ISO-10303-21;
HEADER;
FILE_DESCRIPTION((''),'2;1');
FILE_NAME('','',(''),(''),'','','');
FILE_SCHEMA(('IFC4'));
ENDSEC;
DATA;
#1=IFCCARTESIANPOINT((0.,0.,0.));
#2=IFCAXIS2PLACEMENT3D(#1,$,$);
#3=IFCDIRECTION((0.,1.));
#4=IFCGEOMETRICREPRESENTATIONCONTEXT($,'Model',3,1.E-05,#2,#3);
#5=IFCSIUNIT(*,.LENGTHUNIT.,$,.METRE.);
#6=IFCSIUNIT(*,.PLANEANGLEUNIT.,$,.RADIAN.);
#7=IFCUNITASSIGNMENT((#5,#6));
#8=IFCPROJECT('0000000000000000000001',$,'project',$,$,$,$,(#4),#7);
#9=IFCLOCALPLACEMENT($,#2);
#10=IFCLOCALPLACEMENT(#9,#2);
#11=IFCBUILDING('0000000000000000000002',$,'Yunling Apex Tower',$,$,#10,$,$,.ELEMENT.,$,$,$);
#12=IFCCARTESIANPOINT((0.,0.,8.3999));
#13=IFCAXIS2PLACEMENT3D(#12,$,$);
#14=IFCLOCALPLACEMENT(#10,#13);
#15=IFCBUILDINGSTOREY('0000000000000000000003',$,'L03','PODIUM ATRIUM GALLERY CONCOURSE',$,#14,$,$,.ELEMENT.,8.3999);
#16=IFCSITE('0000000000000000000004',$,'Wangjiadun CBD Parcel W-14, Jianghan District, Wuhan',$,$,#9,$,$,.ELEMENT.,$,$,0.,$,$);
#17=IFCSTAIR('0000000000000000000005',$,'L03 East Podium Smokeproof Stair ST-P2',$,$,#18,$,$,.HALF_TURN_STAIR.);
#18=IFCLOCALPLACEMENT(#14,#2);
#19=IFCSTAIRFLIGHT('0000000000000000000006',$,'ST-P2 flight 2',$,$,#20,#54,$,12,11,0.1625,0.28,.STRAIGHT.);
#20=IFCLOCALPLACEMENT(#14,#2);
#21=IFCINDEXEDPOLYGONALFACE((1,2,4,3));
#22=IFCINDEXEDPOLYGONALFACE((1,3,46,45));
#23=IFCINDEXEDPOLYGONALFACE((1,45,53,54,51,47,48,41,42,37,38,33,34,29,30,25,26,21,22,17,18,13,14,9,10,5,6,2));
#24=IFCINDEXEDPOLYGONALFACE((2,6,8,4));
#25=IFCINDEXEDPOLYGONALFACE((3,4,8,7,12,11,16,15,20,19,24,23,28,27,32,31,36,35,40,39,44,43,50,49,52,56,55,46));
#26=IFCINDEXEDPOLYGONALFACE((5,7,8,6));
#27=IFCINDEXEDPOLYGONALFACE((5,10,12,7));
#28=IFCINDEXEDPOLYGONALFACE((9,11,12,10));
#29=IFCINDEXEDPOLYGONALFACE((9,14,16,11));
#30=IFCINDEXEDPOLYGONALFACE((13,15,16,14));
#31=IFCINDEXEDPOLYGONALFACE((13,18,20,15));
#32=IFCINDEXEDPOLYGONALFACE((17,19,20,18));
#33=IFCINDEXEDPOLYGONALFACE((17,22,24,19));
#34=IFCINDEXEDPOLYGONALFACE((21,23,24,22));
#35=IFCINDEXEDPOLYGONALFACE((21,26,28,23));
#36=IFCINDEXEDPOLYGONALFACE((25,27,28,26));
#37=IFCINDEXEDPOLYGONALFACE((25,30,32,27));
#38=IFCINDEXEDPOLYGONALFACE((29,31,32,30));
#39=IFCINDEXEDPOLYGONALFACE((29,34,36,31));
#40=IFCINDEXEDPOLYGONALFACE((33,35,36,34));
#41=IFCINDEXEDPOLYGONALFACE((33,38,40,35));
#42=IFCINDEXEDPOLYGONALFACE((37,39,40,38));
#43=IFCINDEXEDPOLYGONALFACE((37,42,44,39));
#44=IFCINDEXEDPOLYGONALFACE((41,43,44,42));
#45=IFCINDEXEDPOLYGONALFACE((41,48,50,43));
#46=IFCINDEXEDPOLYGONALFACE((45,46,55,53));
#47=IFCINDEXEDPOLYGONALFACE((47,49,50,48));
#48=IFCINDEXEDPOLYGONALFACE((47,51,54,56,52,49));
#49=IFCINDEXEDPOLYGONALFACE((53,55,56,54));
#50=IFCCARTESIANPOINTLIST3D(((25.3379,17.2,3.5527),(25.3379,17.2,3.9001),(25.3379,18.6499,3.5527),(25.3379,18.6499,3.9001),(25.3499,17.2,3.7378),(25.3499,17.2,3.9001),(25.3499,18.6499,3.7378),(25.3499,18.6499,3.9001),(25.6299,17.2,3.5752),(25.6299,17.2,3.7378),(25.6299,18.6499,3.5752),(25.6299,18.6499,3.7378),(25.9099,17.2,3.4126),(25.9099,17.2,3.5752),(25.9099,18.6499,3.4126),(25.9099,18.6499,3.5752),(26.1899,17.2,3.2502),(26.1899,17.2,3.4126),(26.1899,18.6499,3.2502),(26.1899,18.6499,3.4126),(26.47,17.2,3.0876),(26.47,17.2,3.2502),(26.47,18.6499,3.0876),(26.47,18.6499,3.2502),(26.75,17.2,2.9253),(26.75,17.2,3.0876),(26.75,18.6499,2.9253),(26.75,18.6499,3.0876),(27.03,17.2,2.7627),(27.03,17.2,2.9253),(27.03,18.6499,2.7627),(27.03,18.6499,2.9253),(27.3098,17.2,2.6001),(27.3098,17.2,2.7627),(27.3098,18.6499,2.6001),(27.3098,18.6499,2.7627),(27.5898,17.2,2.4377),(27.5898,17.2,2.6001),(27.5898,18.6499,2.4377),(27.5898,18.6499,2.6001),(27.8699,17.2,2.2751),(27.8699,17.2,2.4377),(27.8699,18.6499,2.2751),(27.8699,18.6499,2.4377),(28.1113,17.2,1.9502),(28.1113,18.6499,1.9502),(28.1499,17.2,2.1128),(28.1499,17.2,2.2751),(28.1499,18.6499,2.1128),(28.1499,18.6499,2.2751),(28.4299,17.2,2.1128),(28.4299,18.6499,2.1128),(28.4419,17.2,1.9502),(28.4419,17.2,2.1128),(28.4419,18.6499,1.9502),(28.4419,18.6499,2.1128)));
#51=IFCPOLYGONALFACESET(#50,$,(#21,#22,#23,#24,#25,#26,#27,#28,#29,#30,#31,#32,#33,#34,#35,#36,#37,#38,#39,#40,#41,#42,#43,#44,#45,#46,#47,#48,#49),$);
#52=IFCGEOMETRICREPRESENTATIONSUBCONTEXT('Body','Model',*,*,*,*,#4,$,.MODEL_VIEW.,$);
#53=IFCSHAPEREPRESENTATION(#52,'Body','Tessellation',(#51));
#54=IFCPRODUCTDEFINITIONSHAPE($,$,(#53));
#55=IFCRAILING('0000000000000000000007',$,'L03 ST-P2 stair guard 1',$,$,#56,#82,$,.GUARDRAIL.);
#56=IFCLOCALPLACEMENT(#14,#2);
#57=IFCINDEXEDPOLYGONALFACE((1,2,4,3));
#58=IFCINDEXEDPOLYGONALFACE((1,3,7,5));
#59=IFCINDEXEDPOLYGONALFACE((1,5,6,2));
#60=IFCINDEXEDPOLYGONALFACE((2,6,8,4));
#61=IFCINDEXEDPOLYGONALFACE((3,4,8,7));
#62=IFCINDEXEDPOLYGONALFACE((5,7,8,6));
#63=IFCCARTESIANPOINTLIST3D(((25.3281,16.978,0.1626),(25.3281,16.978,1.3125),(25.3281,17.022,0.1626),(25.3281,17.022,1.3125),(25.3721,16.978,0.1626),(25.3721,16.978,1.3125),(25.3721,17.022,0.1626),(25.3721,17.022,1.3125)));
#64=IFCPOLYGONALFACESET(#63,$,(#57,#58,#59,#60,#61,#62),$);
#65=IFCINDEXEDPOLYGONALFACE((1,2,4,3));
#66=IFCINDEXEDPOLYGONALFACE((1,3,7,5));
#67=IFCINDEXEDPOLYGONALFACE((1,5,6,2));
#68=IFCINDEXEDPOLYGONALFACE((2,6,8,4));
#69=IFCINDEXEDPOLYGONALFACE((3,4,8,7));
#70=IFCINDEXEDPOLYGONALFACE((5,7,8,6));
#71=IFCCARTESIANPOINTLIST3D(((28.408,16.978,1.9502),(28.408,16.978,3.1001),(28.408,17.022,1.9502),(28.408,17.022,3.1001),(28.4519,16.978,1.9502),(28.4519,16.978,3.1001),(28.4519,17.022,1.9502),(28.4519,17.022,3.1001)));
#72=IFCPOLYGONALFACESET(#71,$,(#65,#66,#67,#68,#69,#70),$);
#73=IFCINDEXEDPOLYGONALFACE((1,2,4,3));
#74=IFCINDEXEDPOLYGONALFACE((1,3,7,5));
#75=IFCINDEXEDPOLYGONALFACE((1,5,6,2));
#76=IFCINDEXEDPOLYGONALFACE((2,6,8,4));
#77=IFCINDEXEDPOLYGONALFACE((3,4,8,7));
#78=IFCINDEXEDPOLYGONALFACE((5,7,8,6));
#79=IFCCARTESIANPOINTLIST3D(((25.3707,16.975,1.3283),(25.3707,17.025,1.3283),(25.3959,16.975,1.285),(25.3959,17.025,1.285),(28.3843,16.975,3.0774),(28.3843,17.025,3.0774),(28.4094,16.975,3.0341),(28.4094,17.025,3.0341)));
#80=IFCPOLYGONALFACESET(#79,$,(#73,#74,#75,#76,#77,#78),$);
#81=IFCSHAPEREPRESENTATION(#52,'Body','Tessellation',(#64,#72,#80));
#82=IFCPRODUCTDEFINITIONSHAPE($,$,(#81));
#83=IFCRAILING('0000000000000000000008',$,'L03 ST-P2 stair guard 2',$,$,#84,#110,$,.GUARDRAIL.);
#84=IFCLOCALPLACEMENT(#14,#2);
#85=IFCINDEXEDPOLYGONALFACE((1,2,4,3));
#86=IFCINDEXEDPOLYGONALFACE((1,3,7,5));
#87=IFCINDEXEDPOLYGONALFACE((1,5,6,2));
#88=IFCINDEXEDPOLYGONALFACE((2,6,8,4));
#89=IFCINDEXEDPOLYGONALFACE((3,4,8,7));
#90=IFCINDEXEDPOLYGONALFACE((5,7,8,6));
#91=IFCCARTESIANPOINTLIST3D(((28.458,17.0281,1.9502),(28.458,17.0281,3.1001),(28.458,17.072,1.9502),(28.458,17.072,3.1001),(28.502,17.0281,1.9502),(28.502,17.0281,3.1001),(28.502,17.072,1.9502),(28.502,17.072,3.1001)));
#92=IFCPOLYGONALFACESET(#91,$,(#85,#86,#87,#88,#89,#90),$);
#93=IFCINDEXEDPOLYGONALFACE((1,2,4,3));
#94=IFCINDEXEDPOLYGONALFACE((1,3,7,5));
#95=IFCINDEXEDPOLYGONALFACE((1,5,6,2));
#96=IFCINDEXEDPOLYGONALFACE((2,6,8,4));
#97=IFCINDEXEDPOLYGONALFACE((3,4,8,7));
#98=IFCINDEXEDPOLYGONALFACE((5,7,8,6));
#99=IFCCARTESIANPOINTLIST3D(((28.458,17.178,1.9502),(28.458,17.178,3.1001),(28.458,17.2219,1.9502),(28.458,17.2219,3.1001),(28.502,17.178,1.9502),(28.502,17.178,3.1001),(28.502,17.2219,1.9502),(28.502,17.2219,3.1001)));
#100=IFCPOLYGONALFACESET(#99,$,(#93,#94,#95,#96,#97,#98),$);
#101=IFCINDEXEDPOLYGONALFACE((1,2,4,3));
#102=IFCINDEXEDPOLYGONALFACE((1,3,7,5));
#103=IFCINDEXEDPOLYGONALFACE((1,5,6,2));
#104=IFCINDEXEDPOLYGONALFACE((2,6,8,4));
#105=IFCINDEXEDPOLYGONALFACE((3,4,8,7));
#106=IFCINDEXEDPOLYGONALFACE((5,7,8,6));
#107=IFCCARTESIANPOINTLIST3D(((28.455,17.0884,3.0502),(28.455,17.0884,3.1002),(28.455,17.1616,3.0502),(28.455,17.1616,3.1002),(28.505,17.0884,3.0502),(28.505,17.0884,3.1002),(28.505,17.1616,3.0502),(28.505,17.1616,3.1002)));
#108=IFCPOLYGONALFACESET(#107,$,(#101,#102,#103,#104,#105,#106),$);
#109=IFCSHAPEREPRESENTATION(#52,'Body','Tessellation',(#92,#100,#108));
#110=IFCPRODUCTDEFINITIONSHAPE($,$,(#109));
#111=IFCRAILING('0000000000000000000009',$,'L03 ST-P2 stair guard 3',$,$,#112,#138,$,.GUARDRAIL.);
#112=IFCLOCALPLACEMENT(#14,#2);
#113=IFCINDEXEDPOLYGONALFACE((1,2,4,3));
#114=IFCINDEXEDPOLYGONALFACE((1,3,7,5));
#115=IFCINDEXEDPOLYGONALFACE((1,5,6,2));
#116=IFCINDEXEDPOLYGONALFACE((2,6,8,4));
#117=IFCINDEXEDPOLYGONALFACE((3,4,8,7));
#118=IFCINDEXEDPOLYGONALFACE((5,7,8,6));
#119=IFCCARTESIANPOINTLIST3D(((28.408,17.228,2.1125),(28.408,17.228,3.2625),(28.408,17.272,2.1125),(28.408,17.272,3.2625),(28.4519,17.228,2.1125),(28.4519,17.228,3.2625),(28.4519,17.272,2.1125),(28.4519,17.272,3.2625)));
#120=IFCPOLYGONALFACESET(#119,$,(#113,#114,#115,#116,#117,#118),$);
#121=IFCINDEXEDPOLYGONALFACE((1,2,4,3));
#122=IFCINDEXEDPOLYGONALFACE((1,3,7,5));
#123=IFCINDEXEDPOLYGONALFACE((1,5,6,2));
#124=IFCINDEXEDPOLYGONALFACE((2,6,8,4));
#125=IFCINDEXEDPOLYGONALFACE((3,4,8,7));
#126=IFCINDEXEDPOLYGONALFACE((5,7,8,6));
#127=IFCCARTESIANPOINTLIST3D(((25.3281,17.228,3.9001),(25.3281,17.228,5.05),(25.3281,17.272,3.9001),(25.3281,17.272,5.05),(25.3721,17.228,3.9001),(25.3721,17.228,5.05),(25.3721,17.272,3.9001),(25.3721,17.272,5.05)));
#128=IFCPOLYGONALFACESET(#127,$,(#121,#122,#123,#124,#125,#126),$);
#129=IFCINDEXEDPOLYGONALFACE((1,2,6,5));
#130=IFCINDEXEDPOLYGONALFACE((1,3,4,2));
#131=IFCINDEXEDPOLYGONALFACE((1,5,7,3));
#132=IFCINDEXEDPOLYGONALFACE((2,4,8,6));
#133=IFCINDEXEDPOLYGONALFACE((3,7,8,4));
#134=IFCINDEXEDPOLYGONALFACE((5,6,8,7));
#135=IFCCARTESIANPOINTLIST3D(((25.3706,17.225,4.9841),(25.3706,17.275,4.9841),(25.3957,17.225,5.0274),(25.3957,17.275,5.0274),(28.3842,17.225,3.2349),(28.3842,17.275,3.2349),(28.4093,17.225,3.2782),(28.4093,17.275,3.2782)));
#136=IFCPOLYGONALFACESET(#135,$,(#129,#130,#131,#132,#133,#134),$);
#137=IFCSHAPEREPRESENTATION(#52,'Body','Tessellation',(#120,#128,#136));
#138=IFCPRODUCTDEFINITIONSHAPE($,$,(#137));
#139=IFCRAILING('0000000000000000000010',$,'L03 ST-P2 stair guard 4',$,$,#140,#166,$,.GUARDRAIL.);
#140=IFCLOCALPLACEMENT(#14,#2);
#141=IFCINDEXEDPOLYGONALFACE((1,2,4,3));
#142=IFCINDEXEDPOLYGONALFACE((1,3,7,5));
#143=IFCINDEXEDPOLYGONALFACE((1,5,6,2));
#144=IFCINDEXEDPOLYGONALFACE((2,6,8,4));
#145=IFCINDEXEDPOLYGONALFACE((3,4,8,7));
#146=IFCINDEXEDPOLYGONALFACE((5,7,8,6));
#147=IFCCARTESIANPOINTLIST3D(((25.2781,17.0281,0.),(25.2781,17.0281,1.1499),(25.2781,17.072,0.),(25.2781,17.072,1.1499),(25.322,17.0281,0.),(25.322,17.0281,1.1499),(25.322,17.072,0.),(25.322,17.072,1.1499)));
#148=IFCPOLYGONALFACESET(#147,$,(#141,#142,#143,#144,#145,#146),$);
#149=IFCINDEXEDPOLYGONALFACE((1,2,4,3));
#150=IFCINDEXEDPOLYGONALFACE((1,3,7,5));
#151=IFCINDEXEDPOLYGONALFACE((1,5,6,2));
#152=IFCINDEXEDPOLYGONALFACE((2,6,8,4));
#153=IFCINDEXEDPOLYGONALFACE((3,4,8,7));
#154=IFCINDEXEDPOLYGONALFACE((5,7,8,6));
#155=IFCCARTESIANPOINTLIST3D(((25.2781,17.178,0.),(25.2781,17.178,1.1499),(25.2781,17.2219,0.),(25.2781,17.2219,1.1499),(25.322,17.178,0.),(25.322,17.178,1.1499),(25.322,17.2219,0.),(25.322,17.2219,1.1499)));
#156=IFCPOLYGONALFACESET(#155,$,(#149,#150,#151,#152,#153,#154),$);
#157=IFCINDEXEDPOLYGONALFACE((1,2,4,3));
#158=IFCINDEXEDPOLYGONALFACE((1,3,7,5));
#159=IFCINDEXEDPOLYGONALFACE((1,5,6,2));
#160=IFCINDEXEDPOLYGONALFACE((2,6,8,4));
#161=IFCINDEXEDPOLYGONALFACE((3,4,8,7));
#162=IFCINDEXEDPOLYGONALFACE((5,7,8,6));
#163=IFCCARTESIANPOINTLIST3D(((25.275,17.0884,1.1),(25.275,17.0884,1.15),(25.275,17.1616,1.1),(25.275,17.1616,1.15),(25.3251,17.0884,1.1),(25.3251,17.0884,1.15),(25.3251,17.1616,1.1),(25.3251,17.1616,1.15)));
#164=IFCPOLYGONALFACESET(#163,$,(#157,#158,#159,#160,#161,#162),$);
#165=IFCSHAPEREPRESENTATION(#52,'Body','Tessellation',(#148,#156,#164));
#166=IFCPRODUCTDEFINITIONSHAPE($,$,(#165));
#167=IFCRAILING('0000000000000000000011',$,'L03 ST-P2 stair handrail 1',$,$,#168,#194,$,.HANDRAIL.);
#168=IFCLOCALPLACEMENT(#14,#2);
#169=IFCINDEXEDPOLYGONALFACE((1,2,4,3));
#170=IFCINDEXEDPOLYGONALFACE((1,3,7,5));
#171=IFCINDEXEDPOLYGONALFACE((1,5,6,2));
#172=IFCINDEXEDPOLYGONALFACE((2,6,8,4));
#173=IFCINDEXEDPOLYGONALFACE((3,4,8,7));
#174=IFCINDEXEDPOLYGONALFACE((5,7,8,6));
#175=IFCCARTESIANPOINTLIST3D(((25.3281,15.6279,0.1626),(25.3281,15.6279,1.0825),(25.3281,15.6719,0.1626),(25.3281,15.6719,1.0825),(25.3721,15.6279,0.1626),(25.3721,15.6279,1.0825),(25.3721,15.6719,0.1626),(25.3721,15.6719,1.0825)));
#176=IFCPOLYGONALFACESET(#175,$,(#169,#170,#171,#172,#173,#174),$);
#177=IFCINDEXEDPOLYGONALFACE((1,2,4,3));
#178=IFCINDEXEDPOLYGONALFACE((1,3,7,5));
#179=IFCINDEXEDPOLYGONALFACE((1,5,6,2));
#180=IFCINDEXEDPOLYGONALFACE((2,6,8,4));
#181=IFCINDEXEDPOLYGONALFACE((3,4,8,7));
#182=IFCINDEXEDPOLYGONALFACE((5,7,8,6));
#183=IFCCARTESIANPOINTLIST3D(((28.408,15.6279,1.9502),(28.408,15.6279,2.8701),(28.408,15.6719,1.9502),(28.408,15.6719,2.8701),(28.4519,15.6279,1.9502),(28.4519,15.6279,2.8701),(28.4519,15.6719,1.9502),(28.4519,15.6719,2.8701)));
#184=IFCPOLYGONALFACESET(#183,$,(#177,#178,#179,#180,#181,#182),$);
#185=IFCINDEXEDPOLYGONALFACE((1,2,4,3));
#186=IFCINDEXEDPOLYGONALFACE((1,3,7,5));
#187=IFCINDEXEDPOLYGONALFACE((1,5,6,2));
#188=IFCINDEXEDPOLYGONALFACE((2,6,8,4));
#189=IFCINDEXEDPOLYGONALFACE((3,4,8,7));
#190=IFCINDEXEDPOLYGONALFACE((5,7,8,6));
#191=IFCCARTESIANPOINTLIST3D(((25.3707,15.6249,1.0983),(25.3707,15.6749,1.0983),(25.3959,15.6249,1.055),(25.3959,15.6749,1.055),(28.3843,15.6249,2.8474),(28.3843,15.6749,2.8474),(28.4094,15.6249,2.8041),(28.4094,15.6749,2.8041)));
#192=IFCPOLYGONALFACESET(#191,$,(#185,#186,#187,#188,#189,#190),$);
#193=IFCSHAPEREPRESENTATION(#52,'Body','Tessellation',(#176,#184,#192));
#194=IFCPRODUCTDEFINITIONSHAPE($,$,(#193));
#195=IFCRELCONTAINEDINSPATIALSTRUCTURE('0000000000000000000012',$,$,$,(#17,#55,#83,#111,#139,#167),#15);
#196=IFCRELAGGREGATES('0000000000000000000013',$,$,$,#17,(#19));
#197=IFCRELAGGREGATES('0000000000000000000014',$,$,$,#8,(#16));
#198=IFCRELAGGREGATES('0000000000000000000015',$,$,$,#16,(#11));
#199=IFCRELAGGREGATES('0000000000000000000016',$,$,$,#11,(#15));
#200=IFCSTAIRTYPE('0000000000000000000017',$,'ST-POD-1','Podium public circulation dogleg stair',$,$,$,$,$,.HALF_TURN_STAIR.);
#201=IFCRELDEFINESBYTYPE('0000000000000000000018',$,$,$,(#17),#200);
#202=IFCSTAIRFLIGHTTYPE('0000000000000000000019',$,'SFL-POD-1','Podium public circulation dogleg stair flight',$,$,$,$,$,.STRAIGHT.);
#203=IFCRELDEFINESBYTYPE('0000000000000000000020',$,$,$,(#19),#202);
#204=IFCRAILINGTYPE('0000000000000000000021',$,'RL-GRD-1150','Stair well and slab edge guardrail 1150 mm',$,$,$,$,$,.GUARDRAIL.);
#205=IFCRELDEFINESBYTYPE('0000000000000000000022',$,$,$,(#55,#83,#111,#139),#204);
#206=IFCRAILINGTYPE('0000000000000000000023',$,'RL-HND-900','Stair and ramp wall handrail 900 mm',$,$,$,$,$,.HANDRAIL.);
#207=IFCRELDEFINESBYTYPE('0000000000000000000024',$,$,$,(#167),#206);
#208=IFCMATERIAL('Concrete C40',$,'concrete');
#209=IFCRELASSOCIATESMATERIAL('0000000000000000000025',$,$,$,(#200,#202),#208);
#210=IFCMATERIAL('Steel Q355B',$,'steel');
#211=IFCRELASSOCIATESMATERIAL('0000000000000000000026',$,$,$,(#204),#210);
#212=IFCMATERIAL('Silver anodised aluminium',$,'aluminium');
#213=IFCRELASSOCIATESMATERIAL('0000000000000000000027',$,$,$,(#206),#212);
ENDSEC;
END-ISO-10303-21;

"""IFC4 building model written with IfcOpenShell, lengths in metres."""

from ifc_helpers import new_model, si_unit, direction, frame, origin, origin_2d, place, context, subcontext, project, spatial, polyline, rectangle, outline, extrude, material, type_object, element, aggregate, save


model = new_model("IFC4")

# Units and contexts
model_context = context("Model", 3, precision=1e-05, world=origin(), true_north=direction((0.0, 1.0)))
body_context = subcontext(model_context, "Body", "Model", "MODEL_VIEW")
ifc_project = project(units=[si_unit("LENGTHUNIT", "METRE"), si_unit("PLANEANGLEUNIT", "RADIAN")], contexts=[model_context])

# Site, building, storey
site_placement = place(None, origin())
site = spatial("IfcSite", under=ifc_project, at=site_placement, Name="Wangjiadun CBD Parcel W-14, Jianghan District, Wuhan", CompositionType="ELEMENT", RefElevation=0.0)
building_placement = place(site_placement, origin())
building = spatial("IfcBuilding", under=site, at=building_placement, Name="Yunling Apex Tower", CompositionType="ELEMENT")
storey_placement = place(building_placement, frame((0.0, 0.0, 8.3999)))
storey = spatial("IfcBuildingStorey", under=building, at=storey_placement, Name="L03", Description="PODIUM ATRIUM GALLERY CONCOURSE", CompositionType="ELEMENT", Elevation=8.3999)

# Shared definitions
ifc_material_1 = material(Name="Steel Q355B", Category="steel")

# Shared definitions
ifc_material_2 = material(Name="Concrete C40", Category="concrete")

# Stair, stair flight
stair_type = type_object("IfcStairType", Name="ST-POD-1", Description="Podium public circulation dogleg stair", PredefinedType="HALF_TURN_STAIR", material=ifc_material_2)
stair_placement = place(storey_placement, origin())
stair = element("IfcStair", 1, at=stair_placement, inside=storey, type_object=stair_type, Name="L03 East Podium Smokeproof Stair ST-P2", PredefinedType="HALF_TURN_STAIR")
stair_flight_type = type_object("IfcStairFlightType", Name="SFL-POD-1", Description="Podium public circulation dogleg stair flight", PredefinedType="STRAIGHT", material=ifc_material_2)
stair_flight_1_placement = place(storey_placement, frame((28.4299, 17.925, 1.9502), z_axis=(0.0, 0.0, 1.0), x_axis=(-1.0, 0.0, 0.0)))
stair_flight_1 = element("IfcStairFlight", 2, at=stair_flight_1_placement, type_object=stair_flight_type, Name="ST-P2 flight 2", NumberOfRisers=12, NumberOfTreads=11, PredefinedType="STRAIGHT", RiserHeight=0.1625, TreadLength=0.28, context=body_context, shape_type="SweptSolid", body=[
    extrude(outline(polyline([(-0.012, 0.0), (-0.012, 0.1626), (0.0, 0.1626), (0.28, 0.1626), (0.28, 0.325), (0.5601, 0.325), (0.5601, 0.4875), (0.8401, 0.4875), (0.8401, 0.6499), (1.1201, 0.6499), (1.1201, 0.8125), (1.3999, 0.8125), (1.3999, 0.9751), (1.6799, 0.9751), (1.6799, 1.1375), (1.96, 1.1375), (1.96, 1.3), (2.24, 1.3), (2.24, 1.4624), (2.52, 1.4624), (2.52, 1.625), (2.8, 1.625), (2.8, 1.7876), (3.0801, 1.7876), (3.0801, 1.95), (3.092, 1.95), (3.092, 1.6025), (0.3186, 0.0), (-0.012, 0.0)])), frame((0.0, 0.7251, 0.0), z_axis=(0.0, -1.0, 0.0), x_axis=(1.0, 0.0, 0.0)), (0.0, 0.0, 1.0), 1.45),
])
aggregate(stair, [stair_flight_1])

# Railings
railing_type_1 = type_object("IfcRailingType", Name="RL-GRD-1150", Description="Stair well and slab edge guardrail 1150 mm", PredefinedType="GUARDRAIL", material=ifc_material_1)
railing_1_placement = place(storey_placement, frame((25.3501, 17.0, 0.1626)))
element("IfcRailing", 3, at=railing_1_placement, inside=storey, type_object=railing_type_1, Name="L03 ST-P2 stair guard 1", PredefinedType="GUARDRAIL", context=body_context, shape_type="SweptSolid", body=[
    extrude(rectangle(XDim=0.0439, YDim=0.0439, at=origin_2d()), origin(), (0.0, 0.0, 1.0), 1.1499),
    extrude(rectangle(XDim=0.0439, YDim=0.0439, at=origin_2d()), frame((3.0798, 0.0, 1.7876)), (0.0, 0.0, 1.0), 1.1499),
    extrude(rectangle(XDim=0.05, YDim=0.05, at=origin_2d()), frame((0.0332, 0.0, 1.144), z_axis=(0.864873, 0.0, 0.50199), x_axis=(0.0, 1.0, 0.0)), (0.0, 0.0, 1.0), 3.4844),
])
railing_2_placement = place(storey_placement, frame((28.48, 17.05, 1.9502)))
element("IfcRailing", 4, at=railing_2_placement, inside=storey, type_object=railing_type_1, Name="L03 ST-P2 stair guard 2", PredefinedType="GUARDRAIL", context=body_context, shape_type="SweptSolid", body=[
    extrude(rectangle(XDim=0.0439, YDim=0.0439, at=origin_2d()), origin(), (0.0, 0.0, 1.0), 1.1499),
    extrude(rectangle(XDim=0.0439, YDim=0.0439, at=origin_2d()), frame((0.0, 0.1499, 0.0)), (0.0, 0.0, 1.0), 1.1499),
    extrude(rectangle(XDim=0.05, YDim=0.05, at=origin_2d()), frame((0.0, 0.0383, 1.125), z_axis=(0.0, 1.0, 0.0), x_axis=(-1.0, 0.0, 0.0)), (0.0, 0.0, 1.0), 0.0732),
])
railing_3_placement = place(storey_placement, frame((28.4299, 17.25, 2.1125)))
element("IfcRailing", 5, at=railing_3_placement, inside=storey, type_object=railing_type_1, Name="L03 ST-P2 stair guard 3", PredefinedType="GUARDRAIL", context=body_context, shape_type="SweptSolid", body=[
    extrude(rectangle(XDim=0.0439, YDim=0.0439, at=origin_2d()), origin(), (0.0, 0.0, 1.0), 1.1499),
    extrude(rectangle(XDim=0.0439, YDim=0.0439, at=origin_2d()), frame((-3.0798, 0.0, 1.7876)), (0.0, 0.0, 1.0), 1.1499),
    extrude(rectangle(XDim=0.05, YDim=0.05, at=origin_2d()), frame((-0.0332, 0.0, 1.144), z_axis=(-0.864873, 0.0, 0.50199), x_axis=(0.0, -1.0, 0.0)), (0.0, 0.0, 1.0), 3.4844),
])
railing_4_placement = place(storey_placement, frame((25.3, 17.05, 0.0)))
element("IfcRailing", 6, at=railing_4_placement, inside=storey, type_object=railing_type_1, Name="L03 ST-P2 stair guard 4", PredefinedType="GUARDRAIL", context=body_context, shape_type="SweptSolid", body=[
    extrude(rectangle(XDim=0.0439, YDim=0.0439, at=origin_2d()), origin(), (0.0, 0.0, 1.0), 1.1499),
    extrude(rectangle(XDim=0.0439, YDim=0.0439, at=origin_2d()), frame((0.0, 0.1499, 0.0)), (0.0, 0.0, 1.0), 1.1499),
    extrude(rectangle(XDim=0.05, YDim=0.05, at=origin_2d()), frame((0.0, 0.0383, 1.125), z_axis=(0.0, 1.0, 0.0), x_axis=(-1.0, 0.0, 0.0)), (0.0, 0.0, 1.0), 0.0732),
])
ifc_material_3 = material(Name="Silver anodised aluminium", Category="aluminium")
railing_type_2 = type_object("IfcRailingType", Name="RL-HND-900", Description="Stair and ramp wall handrail 900 mm", PredefinedType="HANDRAIL", material=ifc_material_3)
railing_5_placement = place(storey_placement, frame((25.3501, 15.6499, 0.1626)))
element("IfcRailing", 7, at=railing_5_placement, inside=storey, type_object=railing_type_2, Name="L03 ST-P2 stair handrail 1", PredefinedType="HANDRAIL", context=body_context, shape_type="SweptSolid", body=[
    extrude(rectangle(XDim=0.0439, YDim=0.0439, at=origin_2d()), origin(), (0.0, 0.0, 1.0), 0.9199),
    extrude(rectangle(XDim=0.0439, YDim=0.0439, at=origin_2d()), frame((3.0798, 0.0, 1.7876)), (0.0, 0.0, 1.0), 0.9199),
    extrude(rectangle(XDim=0.05, YDim=0.05, at=origin_2d()), frame((0.0332, 0.0, 0.9141), z_axis=(0.864873, 0.0, 0.50199), x_axis=(0.0, 1.0, 0.0)), (0.0, 0.0, 1.0), 3.4844),
])

save(model, "model.ifc")
